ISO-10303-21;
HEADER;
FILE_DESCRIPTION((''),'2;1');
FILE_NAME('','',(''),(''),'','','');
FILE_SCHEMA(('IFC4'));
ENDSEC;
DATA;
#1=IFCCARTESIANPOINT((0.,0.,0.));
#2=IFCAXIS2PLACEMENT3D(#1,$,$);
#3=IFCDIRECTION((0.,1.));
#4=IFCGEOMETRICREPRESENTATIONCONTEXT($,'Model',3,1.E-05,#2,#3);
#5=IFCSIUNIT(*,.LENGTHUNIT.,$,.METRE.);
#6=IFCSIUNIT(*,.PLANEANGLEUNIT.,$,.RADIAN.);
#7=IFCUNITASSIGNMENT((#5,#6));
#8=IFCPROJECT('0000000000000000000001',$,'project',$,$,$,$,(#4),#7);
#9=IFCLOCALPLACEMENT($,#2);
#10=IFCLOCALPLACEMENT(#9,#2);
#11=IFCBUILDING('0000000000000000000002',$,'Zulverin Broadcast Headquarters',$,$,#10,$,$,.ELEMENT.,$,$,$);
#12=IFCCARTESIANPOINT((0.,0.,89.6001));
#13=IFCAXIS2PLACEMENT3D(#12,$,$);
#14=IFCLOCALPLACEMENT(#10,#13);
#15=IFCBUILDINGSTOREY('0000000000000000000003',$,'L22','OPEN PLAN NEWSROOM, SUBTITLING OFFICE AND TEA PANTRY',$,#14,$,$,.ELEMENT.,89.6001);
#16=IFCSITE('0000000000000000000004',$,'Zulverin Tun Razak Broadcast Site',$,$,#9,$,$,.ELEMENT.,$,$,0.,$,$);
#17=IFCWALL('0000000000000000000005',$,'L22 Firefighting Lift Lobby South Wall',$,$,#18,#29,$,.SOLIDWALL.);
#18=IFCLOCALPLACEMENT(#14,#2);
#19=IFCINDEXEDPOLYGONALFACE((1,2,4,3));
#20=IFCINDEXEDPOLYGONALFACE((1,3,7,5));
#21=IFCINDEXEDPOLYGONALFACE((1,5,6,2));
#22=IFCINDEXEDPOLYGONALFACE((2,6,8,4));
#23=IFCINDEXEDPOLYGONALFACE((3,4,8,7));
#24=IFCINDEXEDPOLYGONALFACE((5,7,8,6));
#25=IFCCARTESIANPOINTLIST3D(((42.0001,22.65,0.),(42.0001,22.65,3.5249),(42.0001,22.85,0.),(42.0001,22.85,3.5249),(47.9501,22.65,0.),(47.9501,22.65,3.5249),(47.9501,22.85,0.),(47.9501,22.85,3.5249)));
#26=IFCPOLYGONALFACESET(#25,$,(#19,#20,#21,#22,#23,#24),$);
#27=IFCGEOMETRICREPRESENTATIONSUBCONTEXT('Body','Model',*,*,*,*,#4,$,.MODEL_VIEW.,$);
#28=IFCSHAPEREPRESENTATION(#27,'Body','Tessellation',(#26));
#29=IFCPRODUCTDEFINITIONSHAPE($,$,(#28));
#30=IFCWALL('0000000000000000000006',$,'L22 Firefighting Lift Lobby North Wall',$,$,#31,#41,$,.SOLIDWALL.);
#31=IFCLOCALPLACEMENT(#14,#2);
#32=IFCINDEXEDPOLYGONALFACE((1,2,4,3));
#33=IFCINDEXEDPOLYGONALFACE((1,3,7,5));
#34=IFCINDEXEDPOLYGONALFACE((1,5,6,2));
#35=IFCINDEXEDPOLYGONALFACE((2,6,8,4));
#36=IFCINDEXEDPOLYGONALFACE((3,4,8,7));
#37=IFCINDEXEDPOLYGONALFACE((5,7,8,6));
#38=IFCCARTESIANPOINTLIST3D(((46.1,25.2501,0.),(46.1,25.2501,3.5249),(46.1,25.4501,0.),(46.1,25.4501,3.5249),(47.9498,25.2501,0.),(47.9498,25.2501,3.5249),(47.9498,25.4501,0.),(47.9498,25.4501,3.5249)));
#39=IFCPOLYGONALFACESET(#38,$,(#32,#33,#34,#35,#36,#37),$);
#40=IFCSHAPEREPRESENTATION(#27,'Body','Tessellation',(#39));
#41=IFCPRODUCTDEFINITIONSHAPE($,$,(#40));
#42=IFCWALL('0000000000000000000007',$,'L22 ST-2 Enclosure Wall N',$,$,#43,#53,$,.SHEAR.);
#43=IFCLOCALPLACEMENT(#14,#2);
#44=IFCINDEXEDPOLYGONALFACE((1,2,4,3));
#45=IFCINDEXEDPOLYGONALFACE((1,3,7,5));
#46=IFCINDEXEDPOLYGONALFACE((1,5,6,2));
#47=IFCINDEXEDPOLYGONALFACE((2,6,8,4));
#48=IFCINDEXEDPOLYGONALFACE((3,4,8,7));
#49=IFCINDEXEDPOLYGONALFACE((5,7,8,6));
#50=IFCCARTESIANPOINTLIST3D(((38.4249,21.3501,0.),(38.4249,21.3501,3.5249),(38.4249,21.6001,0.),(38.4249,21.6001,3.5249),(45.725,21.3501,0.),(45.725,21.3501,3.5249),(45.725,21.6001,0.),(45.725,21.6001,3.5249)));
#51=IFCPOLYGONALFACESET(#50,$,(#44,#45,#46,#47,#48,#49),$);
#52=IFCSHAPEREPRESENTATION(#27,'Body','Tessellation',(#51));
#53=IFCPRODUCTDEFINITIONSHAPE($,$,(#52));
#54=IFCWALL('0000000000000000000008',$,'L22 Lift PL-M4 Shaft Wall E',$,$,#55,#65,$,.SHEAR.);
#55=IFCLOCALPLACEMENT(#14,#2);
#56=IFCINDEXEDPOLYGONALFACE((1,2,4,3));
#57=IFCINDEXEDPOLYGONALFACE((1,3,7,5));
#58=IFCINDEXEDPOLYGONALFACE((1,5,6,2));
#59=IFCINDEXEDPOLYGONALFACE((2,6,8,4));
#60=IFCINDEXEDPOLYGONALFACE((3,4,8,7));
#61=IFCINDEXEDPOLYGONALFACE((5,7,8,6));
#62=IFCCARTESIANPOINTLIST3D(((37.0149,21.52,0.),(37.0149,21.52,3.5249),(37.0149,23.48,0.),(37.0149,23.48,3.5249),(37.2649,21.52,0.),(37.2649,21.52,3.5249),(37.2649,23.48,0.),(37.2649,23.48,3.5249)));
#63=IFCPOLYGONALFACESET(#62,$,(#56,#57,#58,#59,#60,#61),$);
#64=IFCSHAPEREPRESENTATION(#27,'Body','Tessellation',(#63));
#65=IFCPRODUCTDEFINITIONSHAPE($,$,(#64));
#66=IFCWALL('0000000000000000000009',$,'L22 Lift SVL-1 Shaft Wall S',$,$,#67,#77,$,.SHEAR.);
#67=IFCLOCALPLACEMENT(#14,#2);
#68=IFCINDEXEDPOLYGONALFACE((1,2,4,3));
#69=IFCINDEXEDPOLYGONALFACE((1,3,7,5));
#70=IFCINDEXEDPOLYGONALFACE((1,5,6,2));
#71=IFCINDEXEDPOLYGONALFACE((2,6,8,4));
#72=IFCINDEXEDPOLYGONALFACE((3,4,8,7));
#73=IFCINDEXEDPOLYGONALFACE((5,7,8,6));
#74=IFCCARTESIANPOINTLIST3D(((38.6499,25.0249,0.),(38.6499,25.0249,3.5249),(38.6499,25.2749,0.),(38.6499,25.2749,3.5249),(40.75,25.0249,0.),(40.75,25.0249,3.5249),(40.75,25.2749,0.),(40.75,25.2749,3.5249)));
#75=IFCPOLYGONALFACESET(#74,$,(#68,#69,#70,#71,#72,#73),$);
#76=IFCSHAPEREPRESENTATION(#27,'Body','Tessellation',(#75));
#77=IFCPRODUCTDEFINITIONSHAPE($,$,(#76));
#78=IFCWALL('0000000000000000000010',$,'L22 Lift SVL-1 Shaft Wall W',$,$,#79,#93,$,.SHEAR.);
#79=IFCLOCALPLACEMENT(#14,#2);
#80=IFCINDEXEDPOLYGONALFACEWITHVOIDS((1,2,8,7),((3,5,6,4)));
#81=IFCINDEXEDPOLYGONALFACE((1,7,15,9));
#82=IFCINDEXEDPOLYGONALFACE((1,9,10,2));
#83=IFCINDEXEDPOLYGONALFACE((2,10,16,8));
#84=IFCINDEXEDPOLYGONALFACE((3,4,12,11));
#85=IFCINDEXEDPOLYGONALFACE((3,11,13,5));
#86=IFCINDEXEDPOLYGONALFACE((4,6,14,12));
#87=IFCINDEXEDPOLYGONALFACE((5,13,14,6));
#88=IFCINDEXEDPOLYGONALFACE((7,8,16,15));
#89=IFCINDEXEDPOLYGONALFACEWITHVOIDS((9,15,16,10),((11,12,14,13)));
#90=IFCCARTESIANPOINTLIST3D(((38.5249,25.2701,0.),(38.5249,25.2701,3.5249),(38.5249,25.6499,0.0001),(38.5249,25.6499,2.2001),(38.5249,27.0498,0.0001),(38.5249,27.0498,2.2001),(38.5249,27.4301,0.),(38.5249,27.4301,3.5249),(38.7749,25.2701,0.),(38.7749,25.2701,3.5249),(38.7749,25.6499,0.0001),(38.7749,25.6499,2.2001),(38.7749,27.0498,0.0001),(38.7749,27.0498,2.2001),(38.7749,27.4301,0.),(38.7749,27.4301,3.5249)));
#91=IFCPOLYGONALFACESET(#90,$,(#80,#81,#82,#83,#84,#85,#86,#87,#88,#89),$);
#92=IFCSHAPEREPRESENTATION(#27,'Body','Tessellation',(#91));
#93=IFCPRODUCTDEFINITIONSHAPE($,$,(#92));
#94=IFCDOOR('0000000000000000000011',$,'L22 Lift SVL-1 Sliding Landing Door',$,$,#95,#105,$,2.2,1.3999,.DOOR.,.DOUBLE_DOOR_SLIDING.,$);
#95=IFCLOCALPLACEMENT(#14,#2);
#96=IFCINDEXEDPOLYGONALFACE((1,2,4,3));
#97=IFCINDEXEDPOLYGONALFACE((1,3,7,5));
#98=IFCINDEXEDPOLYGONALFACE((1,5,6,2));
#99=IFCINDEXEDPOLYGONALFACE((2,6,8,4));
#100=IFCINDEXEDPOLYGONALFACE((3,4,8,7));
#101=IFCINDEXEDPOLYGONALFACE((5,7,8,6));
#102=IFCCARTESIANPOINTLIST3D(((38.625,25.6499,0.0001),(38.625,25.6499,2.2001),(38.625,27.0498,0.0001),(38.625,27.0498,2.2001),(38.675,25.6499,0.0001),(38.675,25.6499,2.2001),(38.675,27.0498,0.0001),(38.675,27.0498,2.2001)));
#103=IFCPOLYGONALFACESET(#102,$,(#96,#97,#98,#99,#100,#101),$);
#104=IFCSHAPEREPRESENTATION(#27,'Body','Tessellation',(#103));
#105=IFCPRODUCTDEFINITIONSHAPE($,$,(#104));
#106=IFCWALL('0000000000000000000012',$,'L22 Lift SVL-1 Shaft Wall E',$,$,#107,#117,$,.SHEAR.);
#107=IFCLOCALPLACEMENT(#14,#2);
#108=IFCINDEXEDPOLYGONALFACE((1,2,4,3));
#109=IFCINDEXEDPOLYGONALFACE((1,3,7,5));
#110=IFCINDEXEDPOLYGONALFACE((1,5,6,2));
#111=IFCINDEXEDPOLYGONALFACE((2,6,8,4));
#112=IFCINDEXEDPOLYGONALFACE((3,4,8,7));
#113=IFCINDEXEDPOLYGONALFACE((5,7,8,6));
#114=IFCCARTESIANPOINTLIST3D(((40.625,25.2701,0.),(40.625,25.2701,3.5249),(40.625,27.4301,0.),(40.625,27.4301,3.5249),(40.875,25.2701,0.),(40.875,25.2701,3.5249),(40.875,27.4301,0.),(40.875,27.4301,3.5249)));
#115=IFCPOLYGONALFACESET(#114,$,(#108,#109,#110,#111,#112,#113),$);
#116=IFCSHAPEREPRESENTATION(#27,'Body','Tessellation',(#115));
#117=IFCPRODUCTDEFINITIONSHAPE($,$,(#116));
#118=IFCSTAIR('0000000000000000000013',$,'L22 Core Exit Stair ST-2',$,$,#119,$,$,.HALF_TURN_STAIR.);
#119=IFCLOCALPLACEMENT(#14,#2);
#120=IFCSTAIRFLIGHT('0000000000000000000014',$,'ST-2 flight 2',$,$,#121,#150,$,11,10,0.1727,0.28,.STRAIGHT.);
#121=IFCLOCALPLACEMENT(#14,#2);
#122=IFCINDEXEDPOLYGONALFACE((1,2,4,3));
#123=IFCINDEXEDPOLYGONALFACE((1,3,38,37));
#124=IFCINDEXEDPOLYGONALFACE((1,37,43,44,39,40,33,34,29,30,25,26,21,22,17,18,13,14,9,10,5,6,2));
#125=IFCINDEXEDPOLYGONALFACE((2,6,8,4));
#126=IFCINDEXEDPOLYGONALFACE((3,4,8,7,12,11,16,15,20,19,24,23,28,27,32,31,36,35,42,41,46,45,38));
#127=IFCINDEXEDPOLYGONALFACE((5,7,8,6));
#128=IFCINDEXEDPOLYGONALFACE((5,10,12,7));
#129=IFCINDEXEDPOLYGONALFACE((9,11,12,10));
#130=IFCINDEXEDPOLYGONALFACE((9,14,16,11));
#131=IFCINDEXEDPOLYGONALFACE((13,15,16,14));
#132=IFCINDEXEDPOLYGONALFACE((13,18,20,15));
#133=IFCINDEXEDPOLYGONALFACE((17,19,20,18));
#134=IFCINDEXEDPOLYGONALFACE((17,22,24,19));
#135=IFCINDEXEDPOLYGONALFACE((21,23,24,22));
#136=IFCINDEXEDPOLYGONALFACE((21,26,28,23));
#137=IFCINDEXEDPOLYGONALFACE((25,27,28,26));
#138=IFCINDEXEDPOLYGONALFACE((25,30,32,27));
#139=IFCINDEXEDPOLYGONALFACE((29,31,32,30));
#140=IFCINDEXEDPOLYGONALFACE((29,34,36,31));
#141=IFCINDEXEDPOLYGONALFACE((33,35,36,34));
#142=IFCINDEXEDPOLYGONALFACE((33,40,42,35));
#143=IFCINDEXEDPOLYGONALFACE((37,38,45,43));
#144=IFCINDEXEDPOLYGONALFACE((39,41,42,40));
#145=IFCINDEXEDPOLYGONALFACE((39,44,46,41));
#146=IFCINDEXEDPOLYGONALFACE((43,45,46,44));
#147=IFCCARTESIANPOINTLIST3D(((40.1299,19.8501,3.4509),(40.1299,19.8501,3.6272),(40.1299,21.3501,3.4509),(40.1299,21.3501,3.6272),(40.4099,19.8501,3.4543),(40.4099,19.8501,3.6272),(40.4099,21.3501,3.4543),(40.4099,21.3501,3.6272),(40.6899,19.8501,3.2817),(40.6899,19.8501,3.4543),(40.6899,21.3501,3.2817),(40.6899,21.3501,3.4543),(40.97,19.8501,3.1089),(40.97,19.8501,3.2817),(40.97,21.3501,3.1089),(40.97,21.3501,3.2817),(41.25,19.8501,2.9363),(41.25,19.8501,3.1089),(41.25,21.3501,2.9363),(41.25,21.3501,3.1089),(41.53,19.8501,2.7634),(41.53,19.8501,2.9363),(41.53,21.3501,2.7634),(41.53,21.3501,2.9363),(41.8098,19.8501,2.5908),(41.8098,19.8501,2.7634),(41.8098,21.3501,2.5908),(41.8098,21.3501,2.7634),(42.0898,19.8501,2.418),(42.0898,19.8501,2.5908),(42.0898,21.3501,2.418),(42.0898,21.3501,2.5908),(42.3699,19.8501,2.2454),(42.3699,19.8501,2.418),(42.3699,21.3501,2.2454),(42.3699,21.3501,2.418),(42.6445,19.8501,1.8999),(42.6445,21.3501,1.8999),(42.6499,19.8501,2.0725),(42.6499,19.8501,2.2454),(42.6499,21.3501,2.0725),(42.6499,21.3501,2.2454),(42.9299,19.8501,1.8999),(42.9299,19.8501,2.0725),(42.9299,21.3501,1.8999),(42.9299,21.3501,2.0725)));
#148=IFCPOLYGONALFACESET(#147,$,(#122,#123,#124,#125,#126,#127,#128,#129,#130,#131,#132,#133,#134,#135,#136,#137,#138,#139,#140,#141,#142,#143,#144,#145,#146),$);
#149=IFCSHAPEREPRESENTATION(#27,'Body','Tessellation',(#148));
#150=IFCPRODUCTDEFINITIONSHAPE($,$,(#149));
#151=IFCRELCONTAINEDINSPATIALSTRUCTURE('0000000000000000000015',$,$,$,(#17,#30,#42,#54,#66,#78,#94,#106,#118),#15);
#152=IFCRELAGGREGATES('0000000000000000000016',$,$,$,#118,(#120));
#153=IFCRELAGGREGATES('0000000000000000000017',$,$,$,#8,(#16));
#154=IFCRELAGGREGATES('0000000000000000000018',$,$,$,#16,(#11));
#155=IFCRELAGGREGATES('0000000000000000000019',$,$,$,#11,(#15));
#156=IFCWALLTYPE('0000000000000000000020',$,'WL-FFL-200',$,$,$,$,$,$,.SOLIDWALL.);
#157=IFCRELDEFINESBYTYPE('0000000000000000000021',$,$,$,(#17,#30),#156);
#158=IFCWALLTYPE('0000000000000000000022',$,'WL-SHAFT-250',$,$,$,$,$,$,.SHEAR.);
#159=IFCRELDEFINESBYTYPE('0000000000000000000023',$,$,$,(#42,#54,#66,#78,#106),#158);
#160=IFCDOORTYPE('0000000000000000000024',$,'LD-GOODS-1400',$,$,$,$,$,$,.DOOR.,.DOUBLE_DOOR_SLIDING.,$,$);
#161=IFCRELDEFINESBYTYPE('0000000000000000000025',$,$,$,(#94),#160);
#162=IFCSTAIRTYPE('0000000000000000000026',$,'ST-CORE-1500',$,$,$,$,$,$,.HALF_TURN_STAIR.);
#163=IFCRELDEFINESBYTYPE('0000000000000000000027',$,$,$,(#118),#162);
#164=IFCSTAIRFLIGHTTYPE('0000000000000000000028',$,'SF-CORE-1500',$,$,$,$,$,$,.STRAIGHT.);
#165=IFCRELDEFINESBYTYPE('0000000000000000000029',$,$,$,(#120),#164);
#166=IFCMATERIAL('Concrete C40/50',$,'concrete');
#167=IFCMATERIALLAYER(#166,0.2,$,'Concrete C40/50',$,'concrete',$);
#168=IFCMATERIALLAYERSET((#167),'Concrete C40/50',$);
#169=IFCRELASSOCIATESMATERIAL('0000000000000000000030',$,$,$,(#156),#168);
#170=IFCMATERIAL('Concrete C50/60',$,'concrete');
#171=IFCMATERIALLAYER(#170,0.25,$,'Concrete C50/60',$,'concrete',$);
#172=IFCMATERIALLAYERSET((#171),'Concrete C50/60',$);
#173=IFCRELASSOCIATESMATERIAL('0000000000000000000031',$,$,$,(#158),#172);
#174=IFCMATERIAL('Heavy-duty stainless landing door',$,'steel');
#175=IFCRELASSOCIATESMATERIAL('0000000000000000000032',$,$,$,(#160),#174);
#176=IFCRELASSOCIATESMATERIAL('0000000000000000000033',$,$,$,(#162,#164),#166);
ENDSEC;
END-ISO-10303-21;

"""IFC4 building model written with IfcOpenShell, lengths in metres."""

from ifc_helpers import new_model, si_unit, direction, frame, frame_2d, origin, place, context, subcontext, project, spatial, polyline, rectangle, outline, extrude, material, layer, layer_set, type_object, element, fill, aggregate, save


model = new_model("IFC4")

# Units and contexts
model_context = context("Model", 3, precision=1e-05, world=origin(), true_north=direction((0.0, 1.0)))
body_context = subcontext(model_context, "Body", "Model", "MODEL_VIEW")
ifc_project = project(units=[si_unit("LENGTHUNIT", "METRE"), si_unit("PLANEANGLEUNIT", "RADIAN")], contexts=[model_context])

# Site, building, storey
site_placement = place(None, origin())
site = spatial("IfcSite", under=ifc_project, at=site_placement, Name="Zulverin Tun Razak Broadcast Site", CompositionType="ELEMENT", RefElevation=0.0)
building_placement = place(site_placement, origin())
building = spatial("IfcBuilding", under=site, at=building_placement, Name="Zulverin Broadcast Headquarters", CompositionType="ELEMENT")
storey_placement = place(building_placement, frame((0.0, 0.0, 89.6001)))
storey = spatial("IfcBuildingStorey", under=building, at=storey_placement, Name="L22", Description="OPEN PLAN NEWSROOM, SUBTITLING OFFICE AND TEA PANTRY", CompositionType="ELEMENT", Elevation=89.6001)

# Shared definitions
ifc_material_1 = material(Name="Concrete C40/50", Category="concrete")
ifc_layer_1 = layer(ifc_material_1, 0.2, Name="Concrete C40/50", Category="concrete")
ifc_layer_set_1 = layer_set([ifc_layer_1], Name="Concrete C40/50")
wall_type_1 = type_object("IfcWallType", Name="WL-FFL-200", PredefinedType="SOLIDWALL", material=ifc_layer_set_1)

# Walls
wall_1_placement = place(storey_placement, frame((42.0, 22.75, 0.0), z_axis=(0.0, 0.0, 1.0), x_axis=(1.0, 0.0, 0.0)))
element("IfcWall", 1, at=wall_1_placement, inside=storey, type_object=wall_type_1, Name="L22 Firefighting Lift Lobby South Wall", PredefinedType="SOLIDWALL", context=body_context, shape_type="SweptSolid", body=[
    extrude(rectangle(XDim=5.95, YDim=0.2, at=frame_2d((2.9751, 0.0))), origin(), (0.0, 0.0, 1.0), 3.5249),
])
wall_2_placement = place(storey_placement, frame((46.1001, 25.3501, 0.0), z_axis=(0.0, 0.0, 1.0), x_axis=(1.0, 0.0, 0.0)))
element("IfcWall", 2, at=wall_2_placement, inside=storey, type_object=wall_type_1, Name="L22 Firefighting Lift Lobby North Wall", PredefinedType="SOLIDWALL", context=body_context, shape_type="SweptSolid", body=[
    extrude(rectangle(XDim=1.8499, YDim=0.2, at=frame_2d((0.9248, 0.0))), origin(), (0.0, 0.0, 1.0), 3.5249),
])
ifc_material_2 = material(Name="Concrete C50/60", Category="concrete")
ifc_layer_2 = layer(ifc_material_2, 0.25, Name="Concrete C50/60", Category="concrete")
ifc_layer_set_2 = layer_set([ifc_layer_2], Name="Concrete C50/60")
wall_type_2 = type_object("IfcWallType", Name="WL-SHAFT-250", PredefinedType="SHEAR", material=ifc_layer_set_2)
wall_3_placement = place(storey_placement, frame((38.425, 21.4751, 0.0), z_axis=(0.0, 0.0, 1.0), x_axis=(1.0, 0.0, 0.0)))
element("IfcWall", 3, at=wall_3_placement, inside=storey, type_object=wall_type_2, Name="L22 ST-2 Enclosure Wall N", PredefinedType="SHEAR", context=body_context, shape_type="SweptSolid", body=[
    extrude(rectangle(XDim=7.3, YDim=0.25, at=frame_2d((3.6499, 0.0))), origin(), (0.0, 0.0, 1.0), 3.5249),
])
wall_4_placement = place(storey_placement, frame((37.1399, 21.52, 0.0), z_axis=(0.0, 0.0, 1.0), x_axis=(0.0, 1.0, 0.0)))
element("IfcWall", 4, at=wall_4_placement, inside=storey, type_object=wall_type_2, Name="L22 Lift PL-M4 Shaft Wall E", PredefinedType="SHEAR", context=body_context, shape_type="SweptSolid", body=[
    extrude(rectangle(XDim=1.96, YDim=0.25, at=frame_2d((0.98, 0.0))), origin(), (0.0, 0.0, 1.0), 3.5249),
])

# Wall
wall_5_placement = place(storey_placement, frame((38.6499, 25.1499, 0.0), z_axis=(0.0, 0.0, 1.0), x_axis=(1.0, 0.0, 0.0)))
element("IfcWall", 5, at=wall_5_placement, inside=storey, type_object=wall_type_2, Name="L22 Lift SVL-1 Shaft Wall S", PredefinedType="SHEAR", context=body_context, shape_type="SweptSolid", body=[
    extrude(rectangle(XDim=2.1001, YDim=0.25, at=frame_2d((1.05, 0.0))), origin(), (0.0, 0.0, 1.0), 3.5249),
])

# Wall, opening, door
wall_6_placement = place(storey_placement, frame((38.6499, 25.27, 0.0), z_axis=(0.0, 0.0, 1.0), x_axis=(0.0, 1.0, 0.0)))
wall_6 = element("IfcWall", 6, at=wall_6_placement, inside=storey, type_object=wall_type_2, Name="L22 Lift SVL-1 Shaft Wall W", PredefinedType="SHEAR", context=body_context, shape_type="SweptSolid", body=[
    extrude(rectangle(XDim=2.1599, YDim=0.25, at=frame_2d((1.0801, 0.0))), origin(), (0.0, 0.0, 1.0), 3.5249),
])
opening_1_placement = place(wall_6_placement, frame((0.3799, 0.0, 0.0)))
opening_1 = element("IfcOpeningElement", 7, at=opening_1_placement, cuts=wall_6, PredefinedType="OPENING", context=body_context, shape_type="SweptSolid", body=[
    extrude(rectangle(XDim=1.3999, YDim=2.2, at=frame_2d((0.7, 1.1001))), frame((0.0, 0.135, 0.0), z_axis=(0.0, -1.0, 0.0), x_axis=(1.0, 0.0, 0.0)), (0.0, 0.0, 1.0), 0.27),
])
ifc_material_3 = material(Name="Heavy-duty stainless landing door", Category="steel")
door_type_1 = type_object("IfcDoorType", Name="LD-GOODS-1400", OperationType="DOUBLE_DOOR_SLIDING", PredefinedType="DOOR", material=ifc_material_3)
door_1_placement = place(opening_1_placement, origin())
door_1 = element("IfcDoor", 8, at=door_1_placement, inside=storey, type_object=door_type_1, Name="L22 Lift SVL-1 Sliding Landing Door", OperationType="DOUBLE_DOOR_SLIDING", OverallHeight=2.2, OverallWidth=1.3999, PredefinedType="DOOR", context=body_context, shape_type="SweptSolid", body=[
    extrude(rectangle(XDim=1.3999, YDim=2.2, at=frame_2d((0.7, 1.1001))), frame((0.0, 0.0249, 0.0), z_axis=(0.0, -1.0, 0.0), x_axis=(1.0, 0.0, 0.0)), (0.0, 0.0, 1.0), 0.05),
])
fill(opening_1, door_1)

# Wall
wall_7_placement = place(storey_placement, frame((40.75, 25.27, 0.0), z_axis=(0.0, 0.0, 1.0), x_axis=(0.0, 1.0, 0.0)))
element("IfcWall", 9, at=wall_7_placement, inside=storey, type_object=wall_type_2, Name="L22 Lift SVL-1 Shaft Wall E", PredefinedType="SHEAR", context=body_context, shape_type="SweptSolid", body=[
    extrude(rectangle(XDim=2.1599, YDim=0.25, at=frame_2d((1.0801, 0.0))), origin(), (0.0, 0.0, 1.0), 3.5249),
])

# Stair, stair flight
stair_type = type_object("IfcStairType", Name="ST-CORE-1500", PredefinedType="HALF_TURN_STAIR", material=ifc_material_1)
stair_placement = place(storey_placement, origin())
stair = element("IfcStair", 10, at=stair_placement, inside=storey, type_object=stair_type, Name="L22 Core Exit Stair ST-2", PredefinedType="HALF_TURN_STAIR")
stair_flight_type = type_object("IfcStairFlightType", Name="SF-CORE-1500", PredefinedType="STRAIGHT", material=ifc_material_1)
stair_flight_placement = place(storey_placement, frame((42.9299, 20.6001, 1.8999), z_axis=(0.0, 0.0, 1.0), x_axis=(-1.0, 0.0, 0.0)))
stair_flight = element("IfcStairFlight", 11, at=stair_flight_placement, type_object=stair_flight_type, Name="ST-2 flight 2", NumberOfRisers=11, NumberOfTreads=10, PredefinedType="STRAIGHT", RiserHeight=0.1727, TreadLength=0.28, context=body_context, shape_type="SweptSolid", body=[
    extrude(outline(polyline([(0.0, 0.0), (0.0, 0.1726), (0.28, 0.1726), (0.28, 0.3455), (0.5601, 0.3455), (0.5601, 0.5181), (0.8401, 0.5181), (0.8401, 0.6909), (1.1201, 0.6909), (1.1201, 0.8635), (1.3999, 0.8635), (1.3999, 1.0364), (1.6799, 1.0364), (1.6799, 1.209), (1.96, 1.209), (1.96, 1.3818), (2.24, 1.3818), (2.24, 1.5544), (2.52, 1.5544), (2.52, 1.7273), (2.8, 1.7273), (2.8, 1.8999), (2.8, 1.551), (0.2854, 0.0), (0.0, 0.0)])), frame((0.0, 0.75, 0.0), z_axis=(0.0, -1.0, 0.0), x_axis=(1.0, 0.0, 0.0)), (0.0, 0.0, 1.0), 1.5),
])
aggregate(stair, [stair_flight])

save(model, "model.ifc")
